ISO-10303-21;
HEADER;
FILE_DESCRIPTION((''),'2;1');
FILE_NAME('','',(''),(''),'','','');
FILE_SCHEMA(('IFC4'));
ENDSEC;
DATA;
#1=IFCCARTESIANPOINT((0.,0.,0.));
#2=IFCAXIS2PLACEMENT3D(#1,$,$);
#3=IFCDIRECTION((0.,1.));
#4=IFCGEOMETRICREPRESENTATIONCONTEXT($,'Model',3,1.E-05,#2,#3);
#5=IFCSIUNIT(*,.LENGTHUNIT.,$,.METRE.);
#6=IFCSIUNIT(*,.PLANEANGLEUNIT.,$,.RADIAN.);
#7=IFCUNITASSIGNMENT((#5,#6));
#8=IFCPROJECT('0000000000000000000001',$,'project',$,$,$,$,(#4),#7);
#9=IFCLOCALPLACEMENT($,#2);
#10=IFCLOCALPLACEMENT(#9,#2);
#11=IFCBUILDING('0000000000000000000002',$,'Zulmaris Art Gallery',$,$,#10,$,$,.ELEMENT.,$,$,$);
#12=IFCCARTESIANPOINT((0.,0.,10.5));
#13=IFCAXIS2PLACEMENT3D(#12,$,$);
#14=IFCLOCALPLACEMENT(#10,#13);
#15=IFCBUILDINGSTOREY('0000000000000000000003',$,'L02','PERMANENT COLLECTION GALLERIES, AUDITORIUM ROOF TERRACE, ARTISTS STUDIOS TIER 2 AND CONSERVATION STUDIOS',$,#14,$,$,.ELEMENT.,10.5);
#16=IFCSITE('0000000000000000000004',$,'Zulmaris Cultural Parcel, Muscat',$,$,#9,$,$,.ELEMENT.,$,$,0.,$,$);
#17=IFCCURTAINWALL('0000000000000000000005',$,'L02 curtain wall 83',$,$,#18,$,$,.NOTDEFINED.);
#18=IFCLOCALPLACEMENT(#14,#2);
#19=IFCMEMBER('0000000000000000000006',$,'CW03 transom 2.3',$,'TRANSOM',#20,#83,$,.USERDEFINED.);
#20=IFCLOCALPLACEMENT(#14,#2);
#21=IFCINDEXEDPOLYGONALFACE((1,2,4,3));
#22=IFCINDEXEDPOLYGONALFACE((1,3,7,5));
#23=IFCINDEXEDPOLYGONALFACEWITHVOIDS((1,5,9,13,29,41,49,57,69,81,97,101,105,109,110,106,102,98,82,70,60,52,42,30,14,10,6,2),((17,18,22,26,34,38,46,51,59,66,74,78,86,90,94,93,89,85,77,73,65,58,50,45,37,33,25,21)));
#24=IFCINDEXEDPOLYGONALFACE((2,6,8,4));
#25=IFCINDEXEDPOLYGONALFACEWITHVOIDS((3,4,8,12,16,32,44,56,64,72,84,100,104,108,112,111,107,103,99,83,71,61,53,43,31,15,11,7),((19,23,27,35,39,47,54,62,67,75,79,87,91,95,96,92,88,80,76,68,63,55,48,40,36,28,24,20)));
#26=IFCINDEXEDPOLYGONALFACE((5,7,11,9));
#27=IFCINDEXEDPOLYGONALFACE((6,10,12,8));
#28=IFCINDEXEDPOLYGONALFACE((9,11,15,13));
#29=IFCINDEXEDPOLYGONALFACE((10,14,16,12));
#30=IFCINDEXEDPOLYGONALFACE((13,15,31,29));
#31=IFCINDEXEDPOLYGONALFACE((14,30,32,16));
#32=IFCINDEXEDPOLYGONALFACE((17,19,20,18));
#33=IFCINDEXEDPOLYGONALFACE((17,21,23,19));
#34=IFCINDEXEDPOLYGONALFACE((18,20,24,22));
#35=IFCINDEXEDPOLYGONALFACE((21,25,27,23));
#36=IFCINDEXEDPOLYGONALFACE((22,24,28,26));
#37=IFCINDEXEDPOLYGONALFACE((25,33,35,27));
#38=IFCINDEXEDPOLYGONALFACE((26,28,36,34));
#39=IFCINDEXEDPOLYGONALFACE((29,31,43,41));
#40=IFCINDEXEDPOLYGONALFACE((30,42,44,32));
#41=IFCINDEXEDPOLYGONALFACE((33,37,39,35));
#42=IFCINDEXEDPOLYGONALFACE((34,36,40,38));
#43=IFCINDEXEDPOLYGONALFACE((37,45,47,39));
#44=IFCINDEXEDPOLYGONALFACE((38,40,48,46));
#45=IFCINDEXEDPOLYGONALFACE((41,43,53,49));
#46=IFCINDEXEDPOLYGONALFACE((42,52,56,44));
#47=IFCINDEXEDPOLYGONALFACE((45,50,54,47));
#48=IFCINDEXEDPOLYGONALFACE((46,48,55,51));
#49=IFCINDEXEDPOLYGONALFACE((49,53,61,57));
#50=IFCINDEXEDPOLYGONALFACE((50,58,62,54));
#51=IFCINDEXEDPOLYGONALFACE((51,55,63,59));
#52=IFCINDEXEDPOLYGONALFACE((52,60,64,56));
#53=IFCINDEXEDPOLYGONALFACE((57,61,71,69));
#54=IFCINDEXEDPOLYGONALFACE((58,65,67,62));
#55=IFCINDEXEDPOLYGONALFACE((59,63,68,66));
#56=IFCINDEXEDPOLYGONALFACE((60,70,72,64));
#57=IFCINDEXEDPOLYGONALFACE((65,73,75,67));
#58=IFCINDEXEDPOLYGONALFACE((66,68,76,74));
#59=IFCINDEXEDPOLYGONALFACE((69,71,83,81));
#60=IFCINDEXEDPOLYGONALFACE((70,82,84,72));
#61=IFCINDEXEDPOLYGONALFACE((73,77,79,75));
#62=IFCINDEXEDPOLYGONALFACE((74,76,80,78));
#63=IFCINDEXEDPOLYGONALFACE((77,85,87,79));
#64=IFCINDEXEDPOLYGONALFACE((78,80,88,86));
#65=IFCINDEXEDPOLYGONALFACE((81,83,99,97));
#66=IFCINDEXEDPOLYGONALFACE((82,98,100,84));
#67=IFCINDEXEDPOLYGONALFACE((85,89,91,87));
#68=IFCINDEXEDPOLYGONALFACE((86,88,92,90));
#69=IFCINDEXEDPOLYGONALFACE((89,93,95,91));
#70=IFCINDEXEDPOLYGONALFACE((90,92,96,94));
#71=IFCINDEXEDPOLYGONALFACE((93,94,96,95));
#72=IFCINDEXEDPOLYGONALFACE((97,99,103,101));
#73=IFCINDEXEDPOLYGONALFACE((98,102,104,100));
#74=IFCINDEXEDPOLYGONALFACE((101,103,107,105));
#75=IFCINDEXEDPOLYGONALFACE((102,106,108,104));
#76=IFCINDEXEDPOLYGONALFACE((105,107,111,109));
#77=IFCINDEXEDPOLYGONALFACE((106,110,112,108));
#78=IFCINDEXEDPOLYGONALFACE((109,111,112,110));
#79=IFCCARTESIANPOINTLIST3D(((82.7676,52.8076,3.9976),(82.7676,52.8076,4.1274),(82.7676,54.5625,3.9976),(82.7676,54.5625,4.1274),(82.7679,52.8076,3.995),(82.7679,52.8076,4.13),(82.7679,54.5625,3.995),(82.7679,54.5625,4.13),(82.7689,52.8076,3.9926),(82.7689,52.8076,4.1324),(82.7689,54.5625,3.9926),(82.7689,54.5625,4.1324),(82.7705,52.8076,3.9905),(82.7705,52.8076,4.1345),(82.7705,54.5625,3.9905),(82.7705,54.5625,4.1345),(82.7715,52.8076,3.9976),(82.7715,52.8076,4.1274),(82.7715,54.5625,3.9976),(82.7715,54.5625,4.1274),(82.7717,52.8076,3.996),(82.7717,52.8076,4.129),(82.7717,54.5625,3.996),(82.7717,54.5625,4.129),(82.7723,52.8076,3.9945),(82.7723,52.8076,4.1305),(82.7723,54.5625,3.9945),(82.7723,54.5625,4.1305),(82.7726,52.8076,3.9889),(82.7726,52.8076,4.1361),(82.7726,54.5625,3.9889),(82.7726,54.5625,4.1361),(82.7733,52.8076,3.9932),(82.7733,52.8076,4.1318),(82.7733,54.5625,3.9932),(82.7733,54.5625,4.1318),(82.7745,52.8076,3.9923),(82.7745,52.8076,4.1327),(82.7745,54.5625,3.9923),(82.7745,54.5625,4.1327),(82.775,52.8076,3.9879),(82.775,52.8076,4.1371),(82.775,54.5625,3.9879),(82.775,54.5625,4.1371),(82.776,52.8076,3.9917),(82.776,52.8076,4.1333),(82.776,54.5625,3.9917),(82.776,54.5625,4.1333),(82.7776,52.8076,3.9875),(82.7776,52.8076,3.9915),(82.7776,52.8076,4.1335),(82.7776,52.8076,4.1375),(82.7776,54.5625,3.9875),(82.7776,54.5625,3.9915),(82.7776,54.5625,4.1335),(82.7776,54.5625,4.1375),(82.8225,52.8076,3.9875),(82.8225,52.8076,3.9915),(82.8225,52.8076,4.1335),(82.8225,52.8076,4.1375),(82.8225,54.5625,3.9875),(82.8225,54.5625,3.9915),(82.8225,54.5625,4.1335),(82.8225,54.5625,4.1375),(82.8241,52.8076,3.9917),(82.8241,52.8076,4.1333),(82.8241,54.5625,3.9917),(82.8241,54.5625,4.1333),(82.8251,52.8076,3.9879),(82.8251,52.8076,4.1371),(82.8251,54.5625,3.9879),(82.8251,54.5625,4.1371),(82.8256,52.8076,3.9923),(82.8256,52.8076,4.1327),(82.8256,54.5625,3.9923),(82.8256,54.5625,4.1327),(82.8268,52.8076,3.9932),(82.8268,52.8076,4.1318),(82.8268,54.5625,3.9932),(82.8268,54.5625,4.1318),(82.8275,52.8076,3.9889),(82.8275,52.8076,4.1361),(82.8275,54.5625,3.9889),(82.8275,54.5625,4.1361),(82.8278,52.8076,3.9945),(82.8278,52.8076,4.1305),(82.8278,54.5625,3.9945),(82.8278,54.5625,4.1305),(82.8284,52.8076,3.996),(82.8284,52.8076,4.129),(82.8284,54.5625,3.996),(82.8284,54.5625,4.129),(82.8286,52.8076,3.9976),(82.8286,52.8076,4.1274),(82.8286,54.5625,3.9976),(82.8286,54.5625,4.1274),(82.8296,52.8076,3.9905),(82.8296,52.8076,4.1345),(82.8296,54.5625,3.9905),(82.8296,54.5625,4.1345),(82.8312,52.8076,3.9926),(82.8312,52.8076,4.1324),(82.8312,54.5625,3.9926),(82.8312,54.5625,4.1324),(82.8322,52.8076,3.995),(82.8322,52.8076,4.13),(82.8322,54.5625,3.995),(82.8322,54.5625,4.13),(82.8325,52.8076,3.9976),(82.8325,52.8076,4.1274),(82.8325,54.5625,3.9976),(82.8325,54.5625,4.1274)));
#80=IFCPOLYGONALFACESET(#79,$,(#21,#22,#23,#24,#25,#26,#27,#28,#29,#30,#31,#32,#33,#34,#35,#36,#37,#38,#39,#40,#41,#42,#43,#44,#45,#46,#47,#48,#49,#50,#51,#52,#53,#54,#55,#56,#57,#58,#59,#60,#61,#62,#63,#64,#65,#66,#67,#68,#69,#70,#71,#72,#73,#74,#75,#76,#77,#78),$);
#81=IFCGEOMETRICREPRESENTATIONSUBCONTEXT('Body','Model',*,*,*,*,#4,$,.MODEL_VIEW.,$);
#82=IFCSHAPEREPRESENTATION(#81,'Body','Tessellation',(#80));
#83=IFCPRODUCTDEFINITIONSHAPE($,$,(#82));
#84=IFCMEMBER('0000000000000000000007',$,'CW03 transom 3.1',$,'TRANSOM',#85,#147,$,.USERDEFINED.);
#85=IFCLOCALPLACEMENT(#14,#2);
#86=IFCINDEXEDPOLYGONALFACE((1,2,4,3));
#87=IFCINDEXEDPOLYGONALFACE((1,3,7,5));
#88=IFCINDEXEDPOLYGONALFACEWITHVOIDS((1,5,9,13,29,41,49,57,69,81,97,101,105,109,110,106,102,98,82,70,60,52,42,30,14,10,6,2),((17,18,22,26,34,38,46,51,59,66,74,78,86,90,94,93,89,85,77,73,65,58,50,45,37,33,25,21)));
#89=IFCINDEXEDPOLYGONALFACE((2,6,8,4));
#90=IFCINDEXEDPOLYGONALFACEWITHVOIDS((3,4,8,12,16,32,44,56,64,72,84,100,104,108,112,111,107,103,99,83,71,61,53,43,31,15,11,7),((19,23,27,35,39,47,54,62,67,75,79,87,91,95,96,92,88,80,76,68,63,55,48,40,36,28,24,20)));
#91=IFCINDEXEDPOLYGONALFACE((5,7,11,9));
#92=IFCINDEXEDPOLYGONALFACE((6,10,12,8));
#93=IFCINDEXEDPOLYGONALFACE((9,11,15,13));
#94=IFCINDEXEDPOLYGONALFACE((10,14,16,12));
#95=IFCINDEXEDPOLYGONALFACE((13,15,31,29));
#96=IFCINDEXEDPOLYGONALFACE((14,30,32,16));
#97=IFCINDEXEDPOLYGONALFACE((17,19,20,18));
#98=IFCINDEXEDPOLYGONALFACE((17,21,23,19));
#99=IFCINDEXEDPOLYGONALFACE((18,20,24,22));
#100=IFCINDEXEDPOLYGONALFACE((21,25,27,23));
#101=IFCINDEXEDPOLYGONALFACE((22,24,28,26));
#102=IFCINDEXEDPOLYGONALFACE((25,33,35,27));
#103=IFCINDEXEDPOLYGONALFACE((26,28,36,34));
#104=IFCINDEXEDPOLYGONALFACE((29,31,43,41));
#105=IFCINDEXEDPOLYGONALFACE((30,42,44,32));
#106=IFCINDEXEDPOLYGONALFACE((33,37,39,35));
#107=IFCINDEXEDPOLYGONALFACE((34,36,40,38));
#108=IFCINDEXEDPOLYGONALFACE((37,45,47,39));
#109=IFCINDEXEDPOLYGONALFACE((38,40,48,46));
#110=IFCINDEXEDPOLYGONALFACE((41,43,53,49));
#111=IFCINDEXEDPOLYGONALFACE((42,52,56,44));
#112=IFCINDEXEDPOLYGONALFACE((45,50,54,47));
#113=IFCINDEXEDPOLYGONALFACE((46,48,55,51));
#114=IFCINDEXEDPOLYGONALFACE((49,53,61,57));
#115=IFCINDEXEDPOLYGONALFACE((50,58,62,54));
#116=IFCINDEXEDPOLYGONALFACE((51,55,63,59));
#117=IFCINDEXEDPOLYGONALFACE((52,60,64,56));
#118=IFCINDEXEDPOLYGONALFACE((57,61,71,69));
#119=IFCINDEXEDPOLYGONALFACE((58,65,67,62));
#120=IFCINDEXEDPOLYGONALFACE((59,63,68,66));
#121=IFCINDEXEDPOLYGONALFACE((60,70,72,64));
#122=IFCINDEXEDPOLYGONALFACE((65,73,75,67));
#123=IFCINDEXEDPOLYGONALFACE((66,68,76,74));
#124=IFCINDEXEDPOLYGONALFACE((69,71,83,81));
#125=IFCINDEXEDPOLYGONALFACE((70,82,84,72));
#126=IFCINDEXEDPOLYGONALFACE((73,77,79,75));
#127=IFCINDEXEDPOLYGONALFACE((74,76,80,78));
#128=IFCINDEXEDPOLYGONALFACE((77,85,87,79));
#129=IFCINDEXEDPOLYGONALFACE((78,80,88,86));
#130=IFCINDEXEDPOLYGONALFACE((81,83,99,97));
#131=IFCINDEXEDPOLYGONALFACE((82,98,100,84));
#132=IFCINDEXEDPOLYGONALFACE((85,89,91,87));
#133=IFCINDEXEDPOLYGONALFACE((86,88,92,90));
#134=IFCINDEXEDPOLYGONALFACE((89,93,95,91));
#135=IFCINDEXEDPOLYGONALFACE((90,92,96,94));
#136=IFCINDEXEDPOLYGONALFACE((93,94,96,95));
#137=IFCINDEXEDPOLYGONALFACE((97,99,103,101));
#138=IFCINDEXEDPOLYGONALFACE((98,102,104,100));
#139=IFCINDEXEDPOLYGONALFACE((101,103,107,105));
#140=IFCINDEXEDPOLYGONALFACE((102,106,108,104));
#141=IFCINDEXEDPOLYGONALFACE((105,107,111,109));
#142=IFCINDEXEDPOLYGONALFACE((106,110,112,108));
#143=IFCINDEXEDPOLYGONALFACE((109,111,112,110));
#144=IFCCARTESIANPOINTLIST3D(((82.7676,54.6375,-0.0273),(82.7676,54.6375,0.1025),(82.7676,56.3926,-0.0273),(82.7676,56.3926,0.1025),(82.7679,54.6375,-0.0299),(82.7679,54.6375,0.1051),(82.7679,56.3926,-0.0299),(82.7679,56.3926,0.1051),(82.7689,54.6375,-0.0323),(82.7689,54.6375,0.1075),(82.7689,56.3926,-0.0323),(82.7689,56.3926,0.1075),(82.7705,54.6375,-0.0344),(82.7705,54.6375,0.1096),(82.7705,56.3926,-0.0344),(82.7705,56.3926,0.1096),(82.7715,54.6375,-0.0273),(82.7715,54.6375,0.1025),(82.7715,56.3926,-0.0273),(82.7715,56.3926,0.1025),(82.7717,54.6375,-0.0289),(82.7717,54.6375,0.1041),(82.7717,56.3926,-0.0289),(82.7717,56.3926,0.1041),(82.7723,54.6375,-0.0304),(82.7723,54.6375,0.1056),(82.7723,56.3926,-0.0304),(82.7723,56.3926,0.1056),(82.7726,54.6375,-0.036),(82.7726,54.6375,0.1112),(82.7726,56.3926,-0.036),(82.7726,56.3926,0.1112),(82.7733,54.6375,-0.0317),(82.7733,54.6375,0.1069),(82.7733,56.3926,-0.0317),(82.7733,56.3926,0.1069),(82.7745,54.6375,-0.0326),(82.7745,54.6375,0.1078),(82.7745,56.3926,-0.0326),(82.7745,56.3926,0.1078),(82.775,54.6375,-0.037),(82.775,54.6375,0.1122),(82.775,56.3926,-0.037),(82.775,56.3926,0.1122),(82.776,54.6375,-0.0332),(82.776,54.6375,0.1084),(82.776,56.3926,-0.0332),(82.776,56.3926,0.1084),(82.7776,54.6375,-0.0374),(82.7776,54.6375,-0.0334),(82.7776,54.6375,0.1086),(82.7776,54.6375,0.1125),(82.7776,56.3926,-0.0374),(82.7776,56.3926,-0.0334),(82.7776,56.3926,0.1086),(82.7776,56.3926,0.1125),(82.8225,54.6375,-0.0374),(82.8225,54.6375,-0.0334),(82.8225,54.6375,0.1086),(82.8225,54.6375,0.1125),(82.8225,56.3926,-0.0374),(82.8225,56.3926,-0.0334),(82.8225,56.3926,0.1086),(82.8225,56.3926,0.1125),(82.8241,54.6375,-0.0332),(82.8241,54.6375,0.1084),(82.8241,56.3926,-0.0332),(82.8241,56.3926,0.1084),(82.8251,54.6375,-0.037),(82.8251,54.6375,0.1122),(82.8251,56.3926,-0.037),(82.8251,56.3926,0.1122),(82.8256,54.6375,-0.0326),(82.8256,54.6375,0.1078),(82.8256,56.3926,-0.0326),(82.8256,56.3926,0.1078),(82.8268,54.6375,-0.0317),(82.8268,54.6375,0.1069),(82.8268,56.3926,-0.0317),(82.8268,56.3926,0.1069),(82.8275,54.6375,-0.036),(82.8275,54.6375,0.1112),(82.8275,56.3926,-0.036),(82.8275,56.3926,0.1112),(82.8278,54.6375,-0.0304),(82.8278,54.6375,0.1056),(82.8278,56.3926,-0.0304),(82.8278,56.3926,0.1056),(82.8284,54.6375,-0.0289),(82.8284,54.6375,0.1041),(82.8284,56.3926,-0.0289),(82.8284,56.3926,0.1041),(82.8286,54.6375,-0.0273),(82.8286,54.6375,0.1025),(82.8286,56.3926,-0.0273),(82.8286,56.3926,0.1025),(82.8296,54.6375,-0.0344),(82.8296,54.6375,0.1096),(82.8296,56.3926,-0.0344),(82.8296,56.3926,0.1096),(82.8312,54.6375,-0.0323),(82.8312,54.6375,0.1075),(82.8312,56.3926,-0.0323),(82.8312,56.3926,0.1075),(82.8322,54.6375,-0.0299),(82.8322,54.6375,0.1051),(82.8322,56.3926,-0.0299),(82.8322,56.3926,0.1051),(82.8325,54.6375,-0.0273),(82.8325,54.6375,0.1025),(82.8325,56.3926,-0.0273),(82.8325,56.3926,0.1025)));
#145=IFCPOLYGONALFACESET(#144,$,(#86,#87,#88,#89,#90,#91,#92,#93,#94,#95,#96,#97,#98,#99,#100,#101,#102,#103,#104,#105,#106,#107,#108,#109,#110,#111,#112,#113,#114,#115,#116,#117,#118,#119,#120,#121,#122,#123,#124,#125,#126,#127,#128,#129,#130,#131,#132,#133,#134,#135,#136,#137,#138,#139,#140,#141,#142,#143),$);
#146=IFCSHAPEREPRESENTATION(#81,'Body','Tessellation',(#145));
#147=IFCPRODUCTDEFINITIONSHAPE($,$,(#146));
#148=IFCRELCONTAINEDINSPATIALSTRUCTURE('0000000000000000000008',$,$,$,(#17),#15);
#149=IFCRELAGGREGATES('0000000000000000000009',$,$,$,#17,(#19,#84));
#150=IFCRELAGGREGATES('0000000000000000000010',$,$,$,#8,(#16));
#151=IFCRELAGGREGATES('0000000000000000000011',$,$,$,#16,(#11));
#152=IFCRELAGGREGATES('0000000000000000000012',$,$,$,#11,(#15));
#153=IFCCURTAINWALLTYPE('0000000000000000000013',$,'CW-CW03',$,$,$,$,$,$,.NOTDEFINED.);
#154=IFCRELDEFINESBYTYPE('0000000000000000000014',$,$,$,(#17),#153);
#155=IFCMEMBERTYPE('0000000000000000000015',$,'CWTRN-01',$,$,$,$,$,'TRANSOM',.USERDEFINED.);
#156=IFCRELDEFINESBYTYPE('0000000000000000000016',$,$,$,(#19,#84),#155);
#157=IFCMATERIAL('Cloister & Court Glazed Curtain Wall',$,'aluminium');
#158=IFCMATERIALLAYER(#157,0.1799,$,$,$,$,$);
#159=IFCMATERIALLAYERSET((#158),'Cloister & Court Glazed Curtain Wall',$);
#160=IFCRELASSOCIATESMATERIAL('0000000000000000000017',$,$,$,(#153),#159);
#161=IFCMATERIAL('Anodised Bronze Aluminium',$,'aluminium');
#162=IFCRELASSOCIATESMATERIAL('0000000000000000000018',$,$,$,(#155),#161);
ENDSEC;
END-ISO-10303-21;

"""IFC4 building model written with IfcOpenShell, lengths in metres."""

from ifc_helpers import new_model, si_unit, direction, frame, origin, origin_2d, place, context, subcontext, project, spatial, hollow_rectangle, extrude, material, layer, layer_set, material_profile, profile_set, type_object, element, aggregate, save


model = new_model("IFC4")

# Units and contexts
model_context = context("Model", 3, precision=1e-05, world=origin(), true_north=direction((0.0, 1.0)))
body_context = subcontext(model_context, "Body", "Model", "MODEL_VIEW")
ifc_project = project(units=[si_unit("LENGTHUNIT", "METRE"), si_unit("PLANEANGLEUNIT", "RADIAN")], contexts=[model_context])

# Site, building, storey
site_placement = place(None, origin())
site = spatial("IfcSite", under=ifc_project, at=site_placement, Name="Zulmaris Cultural Parcel, Muscat", CompositionType="ELEMENT", RefElevation=0.0)
building_placement = place(site_placement, origin())
building = spatial("IfcBuilding", under=site, at=building_placement, Name="Zulmaris Art Gallery", CompositionType="ELEMENT")
storey_placement = place(building_placement, frame((0.0, 0.0, 10.5)))
storey = spatial("IfcBuildingStorey", under=building, at=storey_placement, Name="L02", Description="PERMANENT COLLECTION GALLERIES, AUDITORIUM ROOF TERRACE, ARTISTS STUDIOS TIER 2 AND CONSERVATION STUDIOS", CompositionType="ELEMENT", Elevation=10.5)

# Curtain wall
ifc_material_1 = material(Name="Cloister & Court Glazed Curtain Wall", Category="aluminium")
ifc_layer_1 = layer(ifc_material_1, 0.1799)
ifc_layer_set_1 = layer_set([ifc_layer_1], Name="Cloister & Court Glazed Curtain Wall")
curtain_wall_type = type_object("IfcCurtainWallType", Name="CW-CW03", PredefinedType="NOTDEFINED", material=ifc_layer_set_1)
curtain_wall_1_placement = place(storey_placement, origin())
curtain_wall_1 = element("IfcCurtainWall", 1, at=curtain_wall_1_placement, inside=storey, type_object=curtain_wall_type, Name="L02 curtain wall 83", PredefinedType="NOTDEFINED")
ifc_material_2 = material(Name="Anodised Bronze Aluminium", Category="aluminium")

# Members
ifc_material_profile_1 = material_profile(ifc_material_2, hollow_rectangle(XDim=0.0649, YDim=0.1499, WallThickness=0.0039, InnerFilletRadius=0.0061, OuterFilletRadius=0.01, at=origin_2d()), Name="ALU 65x150x4")
ifc_profile_set_1 = profile_set([ifc_material_profile_1], Name="Anodised Bronze Aluminium")
member_type_1 = type_object("IfcMemberType", Name="CWTRN-01", ElementType="TRANSOM", PredefinedType="USERDEFINED", material=ifc_profile_set_1)
member_1_placement = place(storey_placement, frame((82.8, 52.8076, 4.0625), z_axis=(0.0, 1.0, 0.0), x_axis=(-1.0, 0.0, 0.0)))
member_1 = element("IfcMember", 2, at=member_1_placement, type_object=member_type_1, Name="CW03 transom 2.3", ObjectType="TRANSOM", PredefinedType="USERDEFINED", context=body_context, shape_type="SweptSolid", body=[
    extrude(hollow_rectangle(XDim=0.0649, YDim=0.1499, WallThickness=0.0039, InnerFilletRadius=0.0061, OuterFilletRadius=0.01, at=origin_2d()), origin(), (0.0, 0.0, 1.0), 1.7549),
])
member_2_placement = place(storey_placement, frame((82.8, 54.6375, 0.0376), z_axis=(0.0, 1.0, 0.0), x_axis=(-1.0, 0.0, 0.0)))
member_2 = element("IfcMember", 3, at=member_2_placement, type_object=member_type_1, Name="CW03 transom 3.1", ObjectType="TRANSOM", PredefinedType="USERDEFINED", context=body_context, shape_type="SweptSolid", body=[
    extrude(hollow_rectangle(XDim=0.0649, YDim=0.1499, WallThickness=0.0039, InnerFilletRadius=0.0061, OuterFilletRadius=0.01, at=origin_2d()), origin(), (0.0, 0.0, 1.0), 1.7551),
])

aggregate(curtain_wall_1, [member_1, member_2])

save(model, "model.ifc")
